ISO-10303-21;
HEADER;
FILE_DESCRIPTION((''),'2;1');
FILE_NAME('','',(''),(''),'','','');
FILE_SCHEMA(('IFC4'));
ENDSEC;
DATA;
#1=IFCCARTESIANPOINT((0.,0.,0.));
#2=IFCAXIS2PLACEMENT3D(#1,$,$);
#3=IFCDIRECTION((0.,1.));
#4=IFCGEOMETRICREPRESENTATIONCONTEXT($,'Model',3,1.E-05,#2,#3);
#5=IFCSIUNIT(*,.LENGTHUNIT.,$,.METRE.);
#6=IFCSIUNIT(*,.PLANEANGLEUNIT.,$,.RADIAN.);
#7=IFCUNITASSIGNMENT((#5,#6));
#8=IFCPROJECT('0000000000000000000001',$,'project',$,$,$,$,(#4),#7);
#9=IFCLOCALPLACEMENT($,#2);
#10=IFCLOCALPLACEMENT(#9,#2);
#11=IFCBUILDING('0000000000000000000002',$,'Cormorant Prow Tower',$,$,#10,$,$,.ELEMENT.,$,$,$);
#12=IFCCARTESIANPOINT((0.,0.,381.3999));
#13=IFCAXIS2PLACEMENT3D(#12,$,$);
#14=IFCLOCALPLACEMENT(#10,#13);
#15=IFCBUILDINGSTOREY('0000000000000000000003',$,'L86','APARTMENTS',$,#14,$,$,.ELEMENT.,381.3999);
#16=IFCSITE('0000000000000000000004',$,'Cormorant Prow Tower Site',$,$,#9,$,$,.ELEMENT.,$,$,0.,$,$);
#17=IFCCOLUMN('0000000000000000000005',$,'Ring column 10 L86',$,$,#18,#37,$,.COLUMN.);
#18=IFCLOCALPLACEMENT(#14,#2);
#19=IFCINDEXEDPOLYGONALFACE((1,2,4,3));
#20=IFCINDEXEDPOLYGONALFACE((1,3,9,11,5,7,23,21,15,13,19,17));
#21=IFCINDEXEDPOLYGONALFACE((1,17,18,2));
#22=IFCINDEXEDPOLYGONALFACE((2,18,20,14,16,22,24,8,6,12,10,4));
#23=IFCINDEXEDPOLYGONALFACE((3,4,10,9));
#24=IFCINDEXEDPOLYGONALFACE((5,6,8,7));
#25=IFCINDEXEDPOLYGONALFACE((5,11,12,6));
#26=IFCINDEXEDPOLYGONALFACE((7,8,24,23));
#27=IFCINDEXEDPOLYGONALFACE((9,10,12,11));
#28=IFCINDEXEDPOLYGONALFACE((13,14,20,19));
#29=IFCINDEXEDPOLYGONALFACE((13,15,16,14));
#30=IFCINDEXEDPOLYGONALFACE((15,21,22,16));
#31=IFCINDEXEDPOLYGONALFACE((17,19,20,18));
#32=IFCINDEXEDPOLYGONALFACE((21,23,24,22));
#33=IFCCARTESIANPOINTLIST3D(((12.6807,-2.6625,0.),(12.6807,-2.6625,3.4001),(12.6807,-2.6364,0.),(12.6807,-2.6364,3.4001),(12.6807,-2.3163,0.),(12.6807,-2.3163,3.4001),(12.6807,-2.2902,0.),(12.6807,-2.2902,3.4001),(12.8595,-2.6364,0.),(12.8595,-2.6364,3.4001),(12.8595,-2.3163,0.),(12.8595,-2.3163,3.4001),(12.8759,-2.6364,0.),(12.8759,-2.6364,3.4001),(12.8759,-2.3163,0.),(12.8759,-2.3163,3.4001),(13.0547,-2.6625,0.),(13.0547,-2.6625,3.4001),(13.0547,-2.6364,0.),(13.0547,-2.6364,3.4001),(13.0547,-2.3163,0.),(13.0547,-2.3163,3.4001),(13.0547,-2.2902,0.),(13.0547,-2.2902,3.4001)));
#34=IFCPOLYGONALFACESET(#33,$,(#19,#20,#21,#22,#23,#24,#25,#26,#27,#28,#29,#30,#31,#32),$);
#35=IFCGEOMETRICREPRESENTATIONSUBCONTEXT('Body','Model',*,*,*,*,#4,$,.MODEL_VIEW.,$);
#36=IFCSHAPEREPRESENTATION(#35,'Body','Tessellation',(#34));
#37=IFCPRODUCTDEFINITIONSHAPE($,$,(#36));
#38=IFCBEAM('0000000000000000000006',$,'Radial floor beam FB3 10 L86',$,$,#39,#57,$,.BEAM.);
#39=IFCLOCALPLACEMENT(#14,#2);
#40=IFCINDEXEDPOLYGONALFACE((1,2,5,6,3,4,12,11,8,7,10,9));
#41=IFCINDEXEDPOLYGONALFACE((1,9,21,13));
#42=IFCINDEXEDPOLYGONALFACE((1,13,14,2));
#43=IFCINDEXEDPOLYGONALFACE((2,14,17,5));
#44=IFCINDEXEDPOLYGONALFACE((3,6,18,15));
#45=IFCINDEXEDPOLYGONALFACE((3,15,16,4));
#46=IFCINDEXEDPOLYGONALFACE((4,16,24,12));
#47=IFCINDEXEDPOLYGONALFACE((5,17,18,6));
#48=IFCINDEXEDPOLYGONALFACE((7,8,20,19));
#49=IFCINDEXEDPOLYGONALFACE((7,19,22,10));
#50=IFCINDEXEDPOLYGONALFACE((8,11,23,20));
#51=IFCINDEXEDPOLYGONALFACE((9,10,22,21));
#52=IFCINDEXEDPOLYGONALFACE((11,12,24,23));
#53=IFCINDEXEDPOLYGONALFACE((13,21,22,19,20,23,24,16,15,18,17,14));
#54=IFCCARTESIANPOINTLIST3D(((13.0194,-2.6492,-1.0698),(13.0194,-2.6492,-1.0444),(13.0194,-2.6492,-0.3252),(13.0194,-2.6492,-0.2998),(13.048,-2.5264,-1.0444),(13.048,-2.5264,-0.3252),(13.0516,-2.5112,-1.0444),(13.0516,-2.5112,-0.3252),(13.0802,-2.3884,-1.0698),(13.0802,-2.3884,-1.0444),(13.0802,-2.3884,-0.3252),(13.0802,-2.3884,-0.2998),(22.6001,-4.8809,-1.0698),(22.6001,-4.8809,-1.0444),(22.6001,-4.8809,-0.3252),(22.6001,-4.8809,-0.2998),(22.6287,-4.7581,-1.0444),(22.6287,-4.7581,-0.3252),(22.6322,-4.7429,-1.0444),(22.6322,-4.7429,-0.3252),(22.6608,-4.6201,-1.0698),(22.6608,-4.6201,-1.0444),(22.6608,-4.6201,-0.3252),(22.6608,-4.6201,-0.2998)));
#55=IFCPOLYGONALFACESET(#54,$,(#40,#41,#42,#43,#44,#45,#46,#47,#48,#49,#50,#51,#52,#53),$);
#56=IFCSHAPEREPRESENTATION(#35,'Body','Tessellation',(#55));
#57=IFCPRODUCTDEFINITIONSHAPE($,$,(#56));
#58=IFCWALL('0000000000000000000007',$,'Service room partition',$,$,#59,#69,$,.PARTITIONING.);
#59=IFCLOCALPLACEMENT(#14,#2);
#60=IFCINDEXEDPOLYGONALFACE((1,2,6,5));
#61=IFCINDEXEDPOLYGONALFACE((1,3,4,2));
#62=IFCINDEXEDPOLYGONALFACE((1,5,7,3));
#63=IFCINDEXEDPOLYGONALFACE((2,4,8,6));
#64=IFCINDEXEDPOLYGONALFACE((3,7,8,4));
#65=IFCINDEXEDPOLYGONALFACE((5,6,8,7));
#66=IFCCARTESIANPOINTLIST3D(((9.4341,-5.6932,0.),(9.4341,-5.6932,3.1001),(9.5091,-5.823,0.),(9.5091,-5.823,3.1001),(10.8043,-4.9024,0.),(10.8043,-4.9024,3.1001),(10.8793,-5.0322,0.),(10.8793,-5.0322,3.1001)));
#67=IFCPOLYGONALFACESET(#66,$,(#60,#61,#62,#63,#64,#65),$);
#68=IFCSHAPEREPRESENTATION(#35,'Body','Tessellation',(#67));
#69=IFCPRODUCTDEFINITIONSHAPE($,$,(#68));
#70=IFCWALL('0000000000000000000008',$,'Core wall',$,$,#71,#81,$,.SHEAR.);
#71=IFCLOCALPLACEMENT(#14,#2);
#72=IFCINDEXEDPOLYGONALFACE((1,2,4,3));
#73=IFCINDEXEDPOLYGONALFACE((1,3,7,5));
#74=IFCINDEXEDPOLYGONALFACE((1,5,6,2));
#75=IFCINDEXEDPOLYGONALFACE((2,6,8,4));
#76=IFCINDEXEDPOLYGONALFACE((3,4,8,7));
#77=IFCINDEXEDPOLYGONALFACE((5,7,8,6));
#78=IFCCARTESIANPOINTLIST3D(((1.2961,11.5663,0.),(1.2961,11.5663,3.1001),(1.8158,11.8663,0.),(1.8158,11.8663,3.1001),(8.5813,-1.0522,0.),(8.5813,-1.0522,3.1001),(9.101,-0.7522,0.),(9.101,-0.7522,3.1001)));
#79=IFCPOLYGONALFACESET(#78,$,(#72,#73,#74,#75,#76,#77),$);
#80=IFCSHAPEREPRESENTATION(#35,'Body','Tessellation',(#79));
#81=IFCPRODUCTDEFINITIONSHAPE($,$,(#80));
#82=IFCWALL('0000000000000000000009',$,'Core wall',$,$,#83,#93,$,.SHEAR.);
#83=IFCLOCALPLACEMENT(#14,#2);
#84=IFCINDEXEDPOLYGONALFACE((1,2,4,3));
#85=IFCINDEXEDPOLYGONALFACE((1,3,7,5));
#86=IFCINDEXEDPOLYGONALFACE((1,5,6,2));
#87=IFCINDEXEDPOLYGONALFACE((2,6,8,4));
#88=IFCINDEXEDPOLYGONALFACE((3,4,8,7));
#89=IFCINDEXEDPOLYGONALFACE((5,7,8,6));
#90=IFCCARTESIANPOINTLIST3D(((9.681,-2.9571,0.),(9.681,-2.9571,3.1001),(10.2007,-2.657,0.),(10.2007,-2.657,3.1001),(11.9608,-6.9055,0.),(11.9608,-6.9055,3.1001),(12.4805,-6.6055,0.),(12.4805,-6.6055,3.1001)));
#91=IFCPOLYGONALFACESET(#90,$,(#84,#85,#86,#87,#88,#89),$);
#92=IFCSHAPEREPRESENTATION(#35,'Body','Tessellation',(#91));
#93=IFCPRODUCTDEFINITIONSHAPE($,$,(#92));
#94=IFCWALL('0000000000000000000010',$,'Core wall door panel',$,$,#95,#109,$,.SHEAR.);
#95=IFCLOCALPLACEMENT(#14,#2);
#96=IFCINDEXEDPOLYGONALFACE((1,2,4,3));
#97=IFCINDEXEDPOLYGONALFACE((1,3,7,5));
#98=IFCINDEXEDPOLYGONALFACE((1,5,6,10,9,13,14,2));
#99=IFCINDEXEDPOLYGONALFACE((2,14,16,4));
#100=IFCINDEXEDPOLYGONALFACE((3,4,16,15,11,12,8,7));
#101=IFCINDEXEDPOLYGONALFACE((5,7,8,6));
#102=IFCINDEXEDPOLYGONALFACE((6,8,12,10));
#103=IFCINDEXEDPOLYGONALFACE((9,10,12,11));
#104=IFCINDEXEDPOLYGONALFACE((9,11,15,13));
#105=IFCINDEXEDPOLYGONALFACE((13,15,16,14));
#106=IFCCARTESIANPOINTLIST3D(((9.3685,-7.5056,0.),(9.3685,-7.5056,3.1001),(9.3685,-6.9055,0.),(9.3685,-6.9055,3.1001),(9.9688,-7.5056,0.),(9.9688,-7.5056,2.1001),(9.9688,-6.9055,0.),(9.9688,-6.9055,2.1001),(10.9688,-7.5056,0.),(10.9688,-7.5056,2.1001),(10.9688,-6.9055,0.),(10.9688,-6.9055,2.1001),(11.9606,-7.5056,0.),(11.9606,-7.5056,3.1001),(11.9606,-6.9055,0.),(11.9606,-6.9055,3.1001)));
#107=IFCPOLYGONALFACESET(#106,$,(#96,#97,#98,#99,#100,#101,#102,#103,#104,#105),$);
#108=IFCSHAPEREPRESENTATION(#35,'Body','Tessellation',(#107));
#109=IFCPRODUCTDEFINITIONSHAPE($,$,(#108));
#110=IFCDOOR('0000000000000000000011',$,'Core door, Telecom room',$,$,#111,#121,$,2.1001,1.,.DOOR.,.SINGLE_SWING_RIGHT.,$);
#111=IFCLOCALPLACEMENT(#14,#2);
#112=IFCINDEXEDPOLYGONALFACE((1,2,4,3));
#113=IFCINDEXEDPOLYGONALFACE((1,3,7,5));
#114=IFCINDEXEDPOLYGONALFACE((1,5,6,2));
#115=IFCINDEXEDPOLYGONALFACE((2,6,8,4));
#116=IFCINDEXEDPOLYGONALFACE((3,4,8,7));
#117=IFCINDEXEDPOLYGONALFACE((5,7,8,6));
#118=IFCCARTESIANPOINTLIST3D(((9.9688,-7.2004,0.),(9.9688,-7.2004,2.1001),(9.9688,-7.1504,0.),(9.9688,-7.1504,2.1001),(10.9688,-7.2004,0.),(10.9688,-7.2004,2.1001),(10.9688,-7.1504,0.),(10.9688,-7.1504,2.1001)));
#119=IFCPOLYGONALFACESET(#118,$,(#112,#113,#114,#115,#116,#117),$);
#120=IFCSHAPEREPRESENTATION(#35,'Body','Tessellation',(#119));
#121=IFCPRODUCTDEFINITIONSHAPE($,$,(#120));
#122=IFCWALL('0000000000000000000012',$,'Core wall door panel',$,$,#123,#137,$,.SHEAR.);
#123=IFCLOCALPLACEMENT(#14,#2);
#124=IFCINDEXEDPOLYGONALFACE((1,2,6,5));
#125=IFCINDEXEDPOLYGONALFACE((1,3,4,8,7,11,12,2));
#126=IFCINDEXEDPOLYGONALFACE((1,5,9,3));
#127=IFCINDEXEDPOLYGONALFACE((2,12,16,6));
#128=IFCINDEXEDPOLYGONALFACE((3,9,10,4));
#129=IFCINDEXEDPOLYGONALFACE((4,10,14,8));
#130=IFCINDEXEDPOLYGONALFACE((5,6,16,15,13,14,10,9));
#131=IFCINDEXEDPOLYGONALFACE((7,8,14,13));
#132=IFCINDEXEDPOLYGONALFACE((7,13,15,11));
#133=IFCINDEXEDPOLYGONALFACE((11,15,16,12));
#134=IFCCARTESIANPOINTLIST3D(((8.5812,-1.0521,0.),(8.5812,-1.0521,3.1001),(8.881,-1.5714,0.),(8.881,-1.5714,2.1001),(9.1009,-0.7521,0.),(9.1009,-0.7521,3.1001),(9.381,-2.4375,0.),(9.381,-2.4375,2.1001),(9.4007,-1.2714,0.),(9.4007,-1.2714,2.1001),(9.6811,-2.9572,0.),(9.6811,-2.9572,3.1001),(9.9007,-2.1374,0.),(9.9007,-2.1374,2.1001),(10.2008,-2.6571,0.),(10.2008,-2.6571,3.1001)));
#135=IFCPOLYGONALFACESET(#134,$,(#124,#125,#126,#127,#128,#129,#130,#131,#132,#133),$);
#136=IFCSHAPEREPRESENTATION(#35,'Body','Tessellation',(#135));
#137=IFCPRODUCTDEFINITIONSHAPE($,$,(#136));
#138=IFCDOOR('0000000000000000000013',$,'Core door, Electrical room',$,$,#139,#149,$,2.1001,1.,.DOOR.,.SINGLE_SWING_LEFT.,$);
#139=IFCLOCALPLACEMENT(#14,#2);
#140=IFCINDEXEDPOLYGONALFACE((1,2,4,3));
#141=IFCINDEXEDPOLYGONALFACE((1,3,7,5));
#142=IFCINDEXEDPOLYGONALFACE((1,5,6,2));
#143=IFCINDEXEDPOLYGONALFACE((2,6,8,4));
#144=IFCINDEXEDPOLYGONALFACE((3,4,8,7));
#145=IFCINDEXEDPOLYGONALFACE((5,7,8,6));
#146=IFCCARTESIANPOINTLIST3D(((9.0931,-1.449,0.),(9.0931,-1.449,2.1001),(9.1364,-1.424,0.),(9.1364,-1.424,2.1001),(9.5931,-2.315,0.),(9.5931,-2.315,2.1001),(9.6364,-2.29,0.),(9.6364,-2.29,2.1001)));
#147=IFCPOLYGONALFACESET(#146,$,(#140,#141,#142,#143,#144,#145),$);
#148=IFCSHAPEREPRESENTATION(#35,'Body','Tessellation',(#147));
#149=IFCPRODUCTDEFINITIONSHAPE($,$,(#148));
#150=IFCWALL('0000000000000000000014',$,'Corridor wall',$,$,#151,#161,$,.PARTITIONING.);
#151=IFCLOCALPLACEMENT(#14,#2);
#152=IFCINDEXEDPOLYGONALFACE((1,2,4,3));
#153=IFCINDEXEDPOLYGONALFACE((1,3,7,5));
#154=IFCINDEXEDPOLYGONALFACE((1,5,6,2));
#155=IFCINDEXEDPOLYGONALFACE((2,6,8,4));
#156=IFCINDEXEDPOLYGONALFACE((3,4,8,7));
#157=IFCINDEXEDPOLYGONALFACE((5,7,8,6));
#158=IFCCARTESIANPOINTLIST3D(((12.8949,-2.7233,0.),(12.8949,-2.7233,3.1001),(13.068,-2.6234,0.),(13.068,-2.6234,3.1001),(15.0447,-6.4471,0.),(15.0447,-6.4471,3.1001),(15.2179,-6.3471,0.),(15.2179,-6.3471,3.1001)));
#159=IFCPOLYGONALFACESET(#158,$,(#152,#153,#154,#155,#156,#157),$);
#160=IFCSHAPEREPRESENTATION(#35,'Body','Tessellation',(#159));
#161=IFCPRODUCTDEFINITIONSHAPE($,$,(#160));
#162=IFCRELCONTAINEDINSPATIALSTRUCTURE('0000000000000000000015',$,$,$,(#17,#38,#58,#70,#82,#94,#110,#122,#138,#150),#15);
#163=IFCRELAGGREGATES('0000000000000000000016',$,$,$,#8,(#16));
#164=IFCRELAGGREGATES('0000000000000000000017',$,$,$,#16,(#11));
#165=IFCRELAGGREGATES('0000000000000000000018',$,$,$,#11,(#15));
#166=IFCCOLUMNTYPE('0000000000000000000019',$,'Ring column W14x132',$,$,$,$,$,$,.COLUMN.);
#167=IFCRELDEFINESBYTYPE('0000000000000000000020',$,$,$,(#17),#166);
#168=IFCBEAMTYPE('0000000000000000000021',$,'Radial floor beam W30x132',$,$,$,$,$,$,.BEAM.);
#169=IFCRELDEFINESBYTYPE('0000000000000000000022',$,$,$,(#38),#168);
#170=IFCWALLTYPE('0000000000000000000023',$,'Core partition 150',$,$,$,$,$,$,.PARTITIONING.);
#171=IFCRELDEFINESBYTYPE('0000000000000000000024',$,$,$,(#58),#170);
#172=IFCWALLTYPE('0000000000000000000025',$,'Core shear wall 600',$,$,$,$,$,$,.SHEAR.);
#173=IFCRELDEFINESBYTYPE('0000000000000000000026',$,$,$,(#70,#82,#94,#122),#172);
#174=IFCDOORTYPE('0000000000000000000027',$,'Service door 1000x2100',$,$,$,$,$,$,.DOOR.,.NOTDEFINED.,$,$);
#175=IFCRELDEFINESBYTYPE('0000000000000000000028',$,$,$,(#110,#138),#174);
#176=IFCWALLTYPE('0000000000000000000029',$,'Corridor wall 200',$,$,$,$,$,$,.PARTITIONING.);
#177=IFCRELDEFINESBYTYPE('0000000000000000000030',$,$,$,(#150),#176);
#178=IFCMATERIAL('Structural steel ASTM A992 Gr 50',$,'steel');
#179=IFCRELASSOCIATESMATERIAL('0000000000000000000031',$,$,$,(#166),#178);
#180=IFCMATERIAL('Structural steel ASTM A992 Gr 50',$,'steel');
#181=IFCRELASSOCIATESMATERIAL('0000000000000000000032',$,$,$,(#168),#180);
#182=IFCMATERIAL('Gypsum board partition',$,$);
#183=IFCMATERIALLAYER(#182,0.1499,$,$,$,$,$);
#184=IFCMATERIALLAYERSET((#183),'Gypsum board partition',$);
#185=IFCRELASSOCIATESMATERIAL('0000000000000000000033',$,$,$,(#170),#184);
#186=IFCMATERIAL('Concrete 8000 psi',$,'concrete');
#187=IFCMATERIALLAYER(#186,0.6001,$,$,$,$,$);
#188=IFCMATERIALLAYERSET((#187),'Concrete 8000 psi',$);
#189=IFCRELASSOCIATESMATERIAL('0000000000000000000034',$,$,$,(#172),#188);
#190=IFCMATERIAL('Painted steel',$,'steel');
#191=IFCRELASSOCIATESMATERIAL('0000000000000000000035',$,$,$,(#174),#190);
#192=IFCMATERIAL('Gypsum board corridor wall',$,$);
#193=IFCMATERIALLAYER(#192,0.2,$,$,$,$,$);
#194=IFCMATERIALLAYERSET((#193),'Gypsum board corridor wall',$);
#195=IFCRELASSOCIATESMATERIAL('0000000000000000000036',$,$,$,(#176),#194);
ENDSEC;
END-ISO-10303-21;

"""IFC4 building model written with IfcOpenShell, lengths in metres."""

from ifc_helpers import new_model, si_unit, direction, frame, frame_2d, origin, origin_2d, place, context, subcontext, project, spatial, rectangle, i_section, extrude, material, layer, layer_set, material_profile, profile_set, type_object, element, fill, save


model = new_model("IFC4")

# Units and contexts
model_context = context("Model", 3, precision=1e-05, world=origin(), true_north=direction((0.0, 1.0)))
body_context = subcontext(model_context, "Body", "Model", "MODEL_VIEW")
ifc_project = project(units=[si_unit("LENGTHUNIT", "METRE"), si_unit("PLANEANGLEUNIT", "RADIAN")], contexts=[model_context])

# Site, building, storey
site_placement = place(None, origin())
site = spatial("IfcSite", under=ifc_project, at=site_placement, Name="Cormorant Prow Tower Site", CompositionType="ELEMENT", RefElevation=0.0)
building_placement = place(site_placement, origin())
building = spatial("IfcBuilding", under=site, at=building_placement, Name="Cormorant Prow Tower", CompositionType="ELEMENT")
storey_placement = place(building_placement, frame((0.0, 0.0, 381.3999)))
storey = spatial("IfcBuildingStorey", under=building, at=storey_placement, Name="L86", Description="APARTMENTS", CompositionType="ELEMENT", Elevation=381.3999)

# Column
ifc_material_1 = material(Name="Structural steel ASTM A992 Gr 50", Category="steel")
ifc_material_profile_1 = material_profile(ifc_material_1, i_section(OverallWidth=0.374, OverallDepth=0.3723, WebThickness=0.0164, FlangeThickness=0.0261, at=origin_2d()), Name="W14x132")
ifc_profile_set_1 = profile_set([ifc_material_profile_1], Name="Structural steel ASTM A992 Gr 50")
column_type = type_object("IfcColumnType", Name="Ring column W14x132", PredefinedType="COLUMN", material=ifc_profile_set_1)
column_placement = place(storey_placement, frame((12.8677, -2.4763, 0.0), z_axis=(0.0, 0.0, 1.0), x_axis=(1.0, 0.0, 0.0)))
element("IfcColumn", 1, at=column_placement, inside=storey, type_object=column_type, Name="Ring column 10 L86", PredefinedType="COLUMN", context=body_context, shape_type="SweptSolid", body=[
    extrude(i_section(OverallWidth=0.374, OverallDepth=0.3723, WebThickness=0.0164, FlangeThickness=0.0261, at=origin_2d()), origin(), (0.0, 0.0, 1.0), 3.4001),
])

# Beam
ifc_material_2 = material(Name="Structural steel ASTM A992 Gr 50", Category="steel")
ifc_material_profile_2 = material_profile(ifc_material_2, i_section(OverallWidth=0.2678, OverallDepth=0.77, WebThickness=0.0156, FlangeThickness=0.0254, at=origin_2d()), Name="W30x132")
ifc_profile_set_2 = profile_set([ifc_material_profile_2], Name="Structural steel ASTM A992 Gr 50")
beam_type = type_object("IfcBeamType", Name="Radial floor beam W30x132", PredefinedType="BEAM", material=ifc_profile_set_2)
beam_placement = place(storey_placement, frame((13.0498, -2.5188, -0.6848), z_axis=(0.973926, -0.226866, 0.0), x_axis=(0.226866, 0.973926, 0.0)))
element("IfcBeam", 2, at=beam_placement, inside=storey, type_object=beam_type, Name="Radial floor beam FB3 10 L86", PredefinedType="BEAM", context=body_context, shape_type="SweptSolid", body=[
    extrude(i_section(OverallWidth=0.2678, OverallDepth=0.77, WebThickness=0.0156, FlangeThickness=0.0254, at=origin_2d()), origin(), (0.0, 0.0, 1.0), 9.8372),
])

# Walls
ifc_material_3 = material(Name="Gypsum board partition")
ifc_layer_1 = layer(ifc_material_3, 0.1499)
ifc_layer_set_1 = layer_set([ifc_layer_1], Name="Gypsum board partition")
wall_type_1 = type_object("IfcWallType", Name="Core partition 150", PredefinedType="PARTITIONING", material=ifc_layer_set_1)
wall_1_placement = place(storey_placement, frame((10.8418, -4.9673, 0.0), z_axis=(0.0, 0.0, 1.0), x_axis=(-0.866098, -0.499874, 0.0)))
element("IfcWall", 3, at=wall_1_placement, inside=storey, type_object=wall_type_1, Name="Service room partition", PredefinedType="PARTITIONING", context=body_context, shape_type="SweptSolid", body=[
    extrude(rectangle(XDim=1.582, YDim=0.1499, at=frame_2d((0.791, 0.0))), origin(), (0.0, 0.0, 1.0), 3.1001),
])
ifc_material_4 = material(Name="Concrete 8000 psi", Category="concrete")
ifc_layer_2 = layer(ifc_material_4, 0.6001)
ifc_layer_set_2 = layer_set([ifc_layer_2], Name="Concrete 8000 psi")
wall_type_2 = type_object("IfcWallType", Name="Core shear wall 600", PredefinedType="SHEAR", material=ifc_layer_set_2)
wall_2_placement = place(storey_placement, frame((8.8411, -0.9021, 0.0), z_axis=(0.0, 0.0, 1.0), x_axis=(-0.499996, 0.866028, 0.0)))
element("IfcWall", 4, at=wall_2_placement, inside=storey, type_object=wall_type_2, Name="Core wall", PredefinedType="SHEAR", context=body_context, shape_type="SweptSolid", body=[
    extrude(rectangle(XDim=14.5706, YDim=0.6001, at=frame_2d((7.2852, 0.0))), origin(), (0.0, 0.0, 1.0), 3.1001),
])
wall_3_placement = place(storey_placement, frame((12.2207, -6.7556, 0.0), z_axis=(0.0, 0.0, 1.0), x_axis=(-0.500021, 0.866013, 0.0)))
element("IfcWall", 5, at=wall_3_placement, inside=storey, type_object=wall_type_2, Name="Core wall", PredefinedType="SHEAR", context=body_context, shape_type="SweptSolid", body=[
    extrude(rectangle(XDim=4.5593, YDim=0.6001, at=frame_2d((2.2798, 0.0))), origin(), (0.0, 0.0, 1.0), 3.1001),
])

# Walls, openings, doors
wall_4_placement = place(storey_placement, frame((9.3687, -7.2056, 0.0), z_axis=(0.0, 0.0, 1.0), x_axis=(1.0, 0.0, 0.0)))
wall_4 = element("IfcWall", 6, at=wall_4_placement, inside=storey, type_object=wall_type_2, Name="Core wall door panel", PredefinedType="SHEAR", context=body_context, shape_type="SweptSolid", body=[
    extrude(rectangle(XDim=2.592, YDim=0.6001, at=frame_2d((1.2959, 0.0))), origin(), (0.0, 0.0, 1.0), 3.1001),
])
opening_1_placement = place(wall_4_placement, frame((0.6001, 0.0, 0.0)))
opening_1 = element("IfcOpeningElement", 7, at=opening_1_placement, cuts=wall_4, PredefinedType="OPENING", context=body_context, shape_type="SweptSolid", body=[
    extrude(rectangle(XDim=1.0, YDim=2.1001, at=frame_2d((0.5, 1.05))), frame((0.0, 0.3101, 0.0), z_axis=(0.0, -1.0, 0.0), x_axis=(1.0, 0.0, 0.0)), (0.0, 0.0, 1.0), 0.6201),
])
ifc_material_5 = material(Name="Painted steel", Category="steel")
door_type_1 = type_object("IfcDoorType", Name="Service door 1000x2100", OperationType="NOTDEFINED", PredefinedType="DOOR", material=ifc_material_5)
door_1_placement = place(opening_1_placement, origin())
door_1 = element("IfcDoor", 8, at=door_1_placement, inside=storey, type_object=door_type_1, Name="Core door, Telecom room", OperationType="SINGLE_SWING_RIGHT", OverallHeight=2.1001, OverallWidth=1.0, PredefinedType="DOOR", context=body_context, shape_type="SweptSolid", body=[
    extrude(rectangle(XDim=1.0, YDim=2.1001, at=frame_2d((0.5, 1.05))), frame((0.0, 0.0552, 0.0), z_axis=(0.0, -1.0, 0.0), x_axis=(1.0, 0.0, 0.0)), (0.0, 0.0, 1.0), 0.05),
])
fill(opening_1, door_1)
wall_5_placement = place(storey_placement, frame((9.9409, -2.8071, 0.0), z_axis=(0.0, 0.0, 1.0), x_axis=(-0.499995, 0.866028, 0.0)))
wall_5 = element("IfcWall", 9, at=wall_5_placement, inside=storey, type_object=wall_type_2, Name="Core wall door panel", PredefinedType="SHEAR", context=body_context, shape_type="SweptSolid", body=[
    extrude(rectangle(XDim=2.1997, YDim=0.6001, at=frame_2d((1.0999, 0.0))), origin(), (0.0, 0.0, 1.0), 3.1001),
])
opening_2_placement = place(wall_5_placement, frame((0.6001, 0.0, 0.0)))
opening_2 = element("IfcOpeningElement", 10, at=opening_2_placement, cuts=wall_5, PredefinedType="OPENING", context=body_context, shape_type="SweptSolid", body=[
    extrude(rectangle(XDim=1.0, YDim=2.1001, at=frame_2d((0.5, 1.05))), frame((0.0, 0.3101, 0.0), z_axis=(0.0, -1.0, 0.0), x_axis=(1.0, 0.0, 0.0)), (0.0, 0.0, 1.0), 0.6201),
])
door_2_placement = place(opening_2_placement, origin())
door_2 = element("IfcDoor", 11, at=door_2_placement, inside=storey, type_object=door_type_1, Name="Core door, Electrical room", OperationType="SINGLE_SWING_LEFT", OverallHeight=2.1001, OverallWidth=1.0, PredefinedType="DOOR", context=body_context, shape_type="SweptSolid", body=[
    extrude(rectangle(XDim=1.0, YDim=2.1001, at=frame_2d((0.5, 1.05))), frame((0.0, 0.0552, 0.0), z_axis=(0.0, -1.0, 0.0), x_axis=(1.0, 0.0, 0.0)), (0.0, 0.0, 1.0), 0.05),
])
fill(opening_2, door_2)

# Wall
ifc_material_6 = material(Name="Gypsum board corridor wall")
ifc_layer_3 = layer(ifc_material_6, 0.2)
ifc_layer_set_3 = layer_set([ifc_layer_3], Name="Gypsum board corridor wall")
wall_type_3 = type_object("IfcWallType", Name="Corridor wall 200", PredefinedType="PARTITIONING", material=ifc_layer_set_3)
wall_6_placement = place(storey_placement, frame((12.9814, -2.6733, 0.0), z_axis=(0.0, 0.0, 1.0), x_axis=(0.499986, -0.866033, 0.0)))
element("IfcWall", 12, at=wall_6_placement, inside=storey, type_object=wall_type_3, Name="Corridor wall", PredefinedType="PARTITIONING", context=body_context, shape_type="SweptSolid", body=[
    extrude(rectangle(XDim=4.2998, YDim=0.2, at=frame_2d((2.1499, 0.0))), origin(), (0.0, 0.0, 1.0), 3.1001),
])

save(model, "model.ifc")
